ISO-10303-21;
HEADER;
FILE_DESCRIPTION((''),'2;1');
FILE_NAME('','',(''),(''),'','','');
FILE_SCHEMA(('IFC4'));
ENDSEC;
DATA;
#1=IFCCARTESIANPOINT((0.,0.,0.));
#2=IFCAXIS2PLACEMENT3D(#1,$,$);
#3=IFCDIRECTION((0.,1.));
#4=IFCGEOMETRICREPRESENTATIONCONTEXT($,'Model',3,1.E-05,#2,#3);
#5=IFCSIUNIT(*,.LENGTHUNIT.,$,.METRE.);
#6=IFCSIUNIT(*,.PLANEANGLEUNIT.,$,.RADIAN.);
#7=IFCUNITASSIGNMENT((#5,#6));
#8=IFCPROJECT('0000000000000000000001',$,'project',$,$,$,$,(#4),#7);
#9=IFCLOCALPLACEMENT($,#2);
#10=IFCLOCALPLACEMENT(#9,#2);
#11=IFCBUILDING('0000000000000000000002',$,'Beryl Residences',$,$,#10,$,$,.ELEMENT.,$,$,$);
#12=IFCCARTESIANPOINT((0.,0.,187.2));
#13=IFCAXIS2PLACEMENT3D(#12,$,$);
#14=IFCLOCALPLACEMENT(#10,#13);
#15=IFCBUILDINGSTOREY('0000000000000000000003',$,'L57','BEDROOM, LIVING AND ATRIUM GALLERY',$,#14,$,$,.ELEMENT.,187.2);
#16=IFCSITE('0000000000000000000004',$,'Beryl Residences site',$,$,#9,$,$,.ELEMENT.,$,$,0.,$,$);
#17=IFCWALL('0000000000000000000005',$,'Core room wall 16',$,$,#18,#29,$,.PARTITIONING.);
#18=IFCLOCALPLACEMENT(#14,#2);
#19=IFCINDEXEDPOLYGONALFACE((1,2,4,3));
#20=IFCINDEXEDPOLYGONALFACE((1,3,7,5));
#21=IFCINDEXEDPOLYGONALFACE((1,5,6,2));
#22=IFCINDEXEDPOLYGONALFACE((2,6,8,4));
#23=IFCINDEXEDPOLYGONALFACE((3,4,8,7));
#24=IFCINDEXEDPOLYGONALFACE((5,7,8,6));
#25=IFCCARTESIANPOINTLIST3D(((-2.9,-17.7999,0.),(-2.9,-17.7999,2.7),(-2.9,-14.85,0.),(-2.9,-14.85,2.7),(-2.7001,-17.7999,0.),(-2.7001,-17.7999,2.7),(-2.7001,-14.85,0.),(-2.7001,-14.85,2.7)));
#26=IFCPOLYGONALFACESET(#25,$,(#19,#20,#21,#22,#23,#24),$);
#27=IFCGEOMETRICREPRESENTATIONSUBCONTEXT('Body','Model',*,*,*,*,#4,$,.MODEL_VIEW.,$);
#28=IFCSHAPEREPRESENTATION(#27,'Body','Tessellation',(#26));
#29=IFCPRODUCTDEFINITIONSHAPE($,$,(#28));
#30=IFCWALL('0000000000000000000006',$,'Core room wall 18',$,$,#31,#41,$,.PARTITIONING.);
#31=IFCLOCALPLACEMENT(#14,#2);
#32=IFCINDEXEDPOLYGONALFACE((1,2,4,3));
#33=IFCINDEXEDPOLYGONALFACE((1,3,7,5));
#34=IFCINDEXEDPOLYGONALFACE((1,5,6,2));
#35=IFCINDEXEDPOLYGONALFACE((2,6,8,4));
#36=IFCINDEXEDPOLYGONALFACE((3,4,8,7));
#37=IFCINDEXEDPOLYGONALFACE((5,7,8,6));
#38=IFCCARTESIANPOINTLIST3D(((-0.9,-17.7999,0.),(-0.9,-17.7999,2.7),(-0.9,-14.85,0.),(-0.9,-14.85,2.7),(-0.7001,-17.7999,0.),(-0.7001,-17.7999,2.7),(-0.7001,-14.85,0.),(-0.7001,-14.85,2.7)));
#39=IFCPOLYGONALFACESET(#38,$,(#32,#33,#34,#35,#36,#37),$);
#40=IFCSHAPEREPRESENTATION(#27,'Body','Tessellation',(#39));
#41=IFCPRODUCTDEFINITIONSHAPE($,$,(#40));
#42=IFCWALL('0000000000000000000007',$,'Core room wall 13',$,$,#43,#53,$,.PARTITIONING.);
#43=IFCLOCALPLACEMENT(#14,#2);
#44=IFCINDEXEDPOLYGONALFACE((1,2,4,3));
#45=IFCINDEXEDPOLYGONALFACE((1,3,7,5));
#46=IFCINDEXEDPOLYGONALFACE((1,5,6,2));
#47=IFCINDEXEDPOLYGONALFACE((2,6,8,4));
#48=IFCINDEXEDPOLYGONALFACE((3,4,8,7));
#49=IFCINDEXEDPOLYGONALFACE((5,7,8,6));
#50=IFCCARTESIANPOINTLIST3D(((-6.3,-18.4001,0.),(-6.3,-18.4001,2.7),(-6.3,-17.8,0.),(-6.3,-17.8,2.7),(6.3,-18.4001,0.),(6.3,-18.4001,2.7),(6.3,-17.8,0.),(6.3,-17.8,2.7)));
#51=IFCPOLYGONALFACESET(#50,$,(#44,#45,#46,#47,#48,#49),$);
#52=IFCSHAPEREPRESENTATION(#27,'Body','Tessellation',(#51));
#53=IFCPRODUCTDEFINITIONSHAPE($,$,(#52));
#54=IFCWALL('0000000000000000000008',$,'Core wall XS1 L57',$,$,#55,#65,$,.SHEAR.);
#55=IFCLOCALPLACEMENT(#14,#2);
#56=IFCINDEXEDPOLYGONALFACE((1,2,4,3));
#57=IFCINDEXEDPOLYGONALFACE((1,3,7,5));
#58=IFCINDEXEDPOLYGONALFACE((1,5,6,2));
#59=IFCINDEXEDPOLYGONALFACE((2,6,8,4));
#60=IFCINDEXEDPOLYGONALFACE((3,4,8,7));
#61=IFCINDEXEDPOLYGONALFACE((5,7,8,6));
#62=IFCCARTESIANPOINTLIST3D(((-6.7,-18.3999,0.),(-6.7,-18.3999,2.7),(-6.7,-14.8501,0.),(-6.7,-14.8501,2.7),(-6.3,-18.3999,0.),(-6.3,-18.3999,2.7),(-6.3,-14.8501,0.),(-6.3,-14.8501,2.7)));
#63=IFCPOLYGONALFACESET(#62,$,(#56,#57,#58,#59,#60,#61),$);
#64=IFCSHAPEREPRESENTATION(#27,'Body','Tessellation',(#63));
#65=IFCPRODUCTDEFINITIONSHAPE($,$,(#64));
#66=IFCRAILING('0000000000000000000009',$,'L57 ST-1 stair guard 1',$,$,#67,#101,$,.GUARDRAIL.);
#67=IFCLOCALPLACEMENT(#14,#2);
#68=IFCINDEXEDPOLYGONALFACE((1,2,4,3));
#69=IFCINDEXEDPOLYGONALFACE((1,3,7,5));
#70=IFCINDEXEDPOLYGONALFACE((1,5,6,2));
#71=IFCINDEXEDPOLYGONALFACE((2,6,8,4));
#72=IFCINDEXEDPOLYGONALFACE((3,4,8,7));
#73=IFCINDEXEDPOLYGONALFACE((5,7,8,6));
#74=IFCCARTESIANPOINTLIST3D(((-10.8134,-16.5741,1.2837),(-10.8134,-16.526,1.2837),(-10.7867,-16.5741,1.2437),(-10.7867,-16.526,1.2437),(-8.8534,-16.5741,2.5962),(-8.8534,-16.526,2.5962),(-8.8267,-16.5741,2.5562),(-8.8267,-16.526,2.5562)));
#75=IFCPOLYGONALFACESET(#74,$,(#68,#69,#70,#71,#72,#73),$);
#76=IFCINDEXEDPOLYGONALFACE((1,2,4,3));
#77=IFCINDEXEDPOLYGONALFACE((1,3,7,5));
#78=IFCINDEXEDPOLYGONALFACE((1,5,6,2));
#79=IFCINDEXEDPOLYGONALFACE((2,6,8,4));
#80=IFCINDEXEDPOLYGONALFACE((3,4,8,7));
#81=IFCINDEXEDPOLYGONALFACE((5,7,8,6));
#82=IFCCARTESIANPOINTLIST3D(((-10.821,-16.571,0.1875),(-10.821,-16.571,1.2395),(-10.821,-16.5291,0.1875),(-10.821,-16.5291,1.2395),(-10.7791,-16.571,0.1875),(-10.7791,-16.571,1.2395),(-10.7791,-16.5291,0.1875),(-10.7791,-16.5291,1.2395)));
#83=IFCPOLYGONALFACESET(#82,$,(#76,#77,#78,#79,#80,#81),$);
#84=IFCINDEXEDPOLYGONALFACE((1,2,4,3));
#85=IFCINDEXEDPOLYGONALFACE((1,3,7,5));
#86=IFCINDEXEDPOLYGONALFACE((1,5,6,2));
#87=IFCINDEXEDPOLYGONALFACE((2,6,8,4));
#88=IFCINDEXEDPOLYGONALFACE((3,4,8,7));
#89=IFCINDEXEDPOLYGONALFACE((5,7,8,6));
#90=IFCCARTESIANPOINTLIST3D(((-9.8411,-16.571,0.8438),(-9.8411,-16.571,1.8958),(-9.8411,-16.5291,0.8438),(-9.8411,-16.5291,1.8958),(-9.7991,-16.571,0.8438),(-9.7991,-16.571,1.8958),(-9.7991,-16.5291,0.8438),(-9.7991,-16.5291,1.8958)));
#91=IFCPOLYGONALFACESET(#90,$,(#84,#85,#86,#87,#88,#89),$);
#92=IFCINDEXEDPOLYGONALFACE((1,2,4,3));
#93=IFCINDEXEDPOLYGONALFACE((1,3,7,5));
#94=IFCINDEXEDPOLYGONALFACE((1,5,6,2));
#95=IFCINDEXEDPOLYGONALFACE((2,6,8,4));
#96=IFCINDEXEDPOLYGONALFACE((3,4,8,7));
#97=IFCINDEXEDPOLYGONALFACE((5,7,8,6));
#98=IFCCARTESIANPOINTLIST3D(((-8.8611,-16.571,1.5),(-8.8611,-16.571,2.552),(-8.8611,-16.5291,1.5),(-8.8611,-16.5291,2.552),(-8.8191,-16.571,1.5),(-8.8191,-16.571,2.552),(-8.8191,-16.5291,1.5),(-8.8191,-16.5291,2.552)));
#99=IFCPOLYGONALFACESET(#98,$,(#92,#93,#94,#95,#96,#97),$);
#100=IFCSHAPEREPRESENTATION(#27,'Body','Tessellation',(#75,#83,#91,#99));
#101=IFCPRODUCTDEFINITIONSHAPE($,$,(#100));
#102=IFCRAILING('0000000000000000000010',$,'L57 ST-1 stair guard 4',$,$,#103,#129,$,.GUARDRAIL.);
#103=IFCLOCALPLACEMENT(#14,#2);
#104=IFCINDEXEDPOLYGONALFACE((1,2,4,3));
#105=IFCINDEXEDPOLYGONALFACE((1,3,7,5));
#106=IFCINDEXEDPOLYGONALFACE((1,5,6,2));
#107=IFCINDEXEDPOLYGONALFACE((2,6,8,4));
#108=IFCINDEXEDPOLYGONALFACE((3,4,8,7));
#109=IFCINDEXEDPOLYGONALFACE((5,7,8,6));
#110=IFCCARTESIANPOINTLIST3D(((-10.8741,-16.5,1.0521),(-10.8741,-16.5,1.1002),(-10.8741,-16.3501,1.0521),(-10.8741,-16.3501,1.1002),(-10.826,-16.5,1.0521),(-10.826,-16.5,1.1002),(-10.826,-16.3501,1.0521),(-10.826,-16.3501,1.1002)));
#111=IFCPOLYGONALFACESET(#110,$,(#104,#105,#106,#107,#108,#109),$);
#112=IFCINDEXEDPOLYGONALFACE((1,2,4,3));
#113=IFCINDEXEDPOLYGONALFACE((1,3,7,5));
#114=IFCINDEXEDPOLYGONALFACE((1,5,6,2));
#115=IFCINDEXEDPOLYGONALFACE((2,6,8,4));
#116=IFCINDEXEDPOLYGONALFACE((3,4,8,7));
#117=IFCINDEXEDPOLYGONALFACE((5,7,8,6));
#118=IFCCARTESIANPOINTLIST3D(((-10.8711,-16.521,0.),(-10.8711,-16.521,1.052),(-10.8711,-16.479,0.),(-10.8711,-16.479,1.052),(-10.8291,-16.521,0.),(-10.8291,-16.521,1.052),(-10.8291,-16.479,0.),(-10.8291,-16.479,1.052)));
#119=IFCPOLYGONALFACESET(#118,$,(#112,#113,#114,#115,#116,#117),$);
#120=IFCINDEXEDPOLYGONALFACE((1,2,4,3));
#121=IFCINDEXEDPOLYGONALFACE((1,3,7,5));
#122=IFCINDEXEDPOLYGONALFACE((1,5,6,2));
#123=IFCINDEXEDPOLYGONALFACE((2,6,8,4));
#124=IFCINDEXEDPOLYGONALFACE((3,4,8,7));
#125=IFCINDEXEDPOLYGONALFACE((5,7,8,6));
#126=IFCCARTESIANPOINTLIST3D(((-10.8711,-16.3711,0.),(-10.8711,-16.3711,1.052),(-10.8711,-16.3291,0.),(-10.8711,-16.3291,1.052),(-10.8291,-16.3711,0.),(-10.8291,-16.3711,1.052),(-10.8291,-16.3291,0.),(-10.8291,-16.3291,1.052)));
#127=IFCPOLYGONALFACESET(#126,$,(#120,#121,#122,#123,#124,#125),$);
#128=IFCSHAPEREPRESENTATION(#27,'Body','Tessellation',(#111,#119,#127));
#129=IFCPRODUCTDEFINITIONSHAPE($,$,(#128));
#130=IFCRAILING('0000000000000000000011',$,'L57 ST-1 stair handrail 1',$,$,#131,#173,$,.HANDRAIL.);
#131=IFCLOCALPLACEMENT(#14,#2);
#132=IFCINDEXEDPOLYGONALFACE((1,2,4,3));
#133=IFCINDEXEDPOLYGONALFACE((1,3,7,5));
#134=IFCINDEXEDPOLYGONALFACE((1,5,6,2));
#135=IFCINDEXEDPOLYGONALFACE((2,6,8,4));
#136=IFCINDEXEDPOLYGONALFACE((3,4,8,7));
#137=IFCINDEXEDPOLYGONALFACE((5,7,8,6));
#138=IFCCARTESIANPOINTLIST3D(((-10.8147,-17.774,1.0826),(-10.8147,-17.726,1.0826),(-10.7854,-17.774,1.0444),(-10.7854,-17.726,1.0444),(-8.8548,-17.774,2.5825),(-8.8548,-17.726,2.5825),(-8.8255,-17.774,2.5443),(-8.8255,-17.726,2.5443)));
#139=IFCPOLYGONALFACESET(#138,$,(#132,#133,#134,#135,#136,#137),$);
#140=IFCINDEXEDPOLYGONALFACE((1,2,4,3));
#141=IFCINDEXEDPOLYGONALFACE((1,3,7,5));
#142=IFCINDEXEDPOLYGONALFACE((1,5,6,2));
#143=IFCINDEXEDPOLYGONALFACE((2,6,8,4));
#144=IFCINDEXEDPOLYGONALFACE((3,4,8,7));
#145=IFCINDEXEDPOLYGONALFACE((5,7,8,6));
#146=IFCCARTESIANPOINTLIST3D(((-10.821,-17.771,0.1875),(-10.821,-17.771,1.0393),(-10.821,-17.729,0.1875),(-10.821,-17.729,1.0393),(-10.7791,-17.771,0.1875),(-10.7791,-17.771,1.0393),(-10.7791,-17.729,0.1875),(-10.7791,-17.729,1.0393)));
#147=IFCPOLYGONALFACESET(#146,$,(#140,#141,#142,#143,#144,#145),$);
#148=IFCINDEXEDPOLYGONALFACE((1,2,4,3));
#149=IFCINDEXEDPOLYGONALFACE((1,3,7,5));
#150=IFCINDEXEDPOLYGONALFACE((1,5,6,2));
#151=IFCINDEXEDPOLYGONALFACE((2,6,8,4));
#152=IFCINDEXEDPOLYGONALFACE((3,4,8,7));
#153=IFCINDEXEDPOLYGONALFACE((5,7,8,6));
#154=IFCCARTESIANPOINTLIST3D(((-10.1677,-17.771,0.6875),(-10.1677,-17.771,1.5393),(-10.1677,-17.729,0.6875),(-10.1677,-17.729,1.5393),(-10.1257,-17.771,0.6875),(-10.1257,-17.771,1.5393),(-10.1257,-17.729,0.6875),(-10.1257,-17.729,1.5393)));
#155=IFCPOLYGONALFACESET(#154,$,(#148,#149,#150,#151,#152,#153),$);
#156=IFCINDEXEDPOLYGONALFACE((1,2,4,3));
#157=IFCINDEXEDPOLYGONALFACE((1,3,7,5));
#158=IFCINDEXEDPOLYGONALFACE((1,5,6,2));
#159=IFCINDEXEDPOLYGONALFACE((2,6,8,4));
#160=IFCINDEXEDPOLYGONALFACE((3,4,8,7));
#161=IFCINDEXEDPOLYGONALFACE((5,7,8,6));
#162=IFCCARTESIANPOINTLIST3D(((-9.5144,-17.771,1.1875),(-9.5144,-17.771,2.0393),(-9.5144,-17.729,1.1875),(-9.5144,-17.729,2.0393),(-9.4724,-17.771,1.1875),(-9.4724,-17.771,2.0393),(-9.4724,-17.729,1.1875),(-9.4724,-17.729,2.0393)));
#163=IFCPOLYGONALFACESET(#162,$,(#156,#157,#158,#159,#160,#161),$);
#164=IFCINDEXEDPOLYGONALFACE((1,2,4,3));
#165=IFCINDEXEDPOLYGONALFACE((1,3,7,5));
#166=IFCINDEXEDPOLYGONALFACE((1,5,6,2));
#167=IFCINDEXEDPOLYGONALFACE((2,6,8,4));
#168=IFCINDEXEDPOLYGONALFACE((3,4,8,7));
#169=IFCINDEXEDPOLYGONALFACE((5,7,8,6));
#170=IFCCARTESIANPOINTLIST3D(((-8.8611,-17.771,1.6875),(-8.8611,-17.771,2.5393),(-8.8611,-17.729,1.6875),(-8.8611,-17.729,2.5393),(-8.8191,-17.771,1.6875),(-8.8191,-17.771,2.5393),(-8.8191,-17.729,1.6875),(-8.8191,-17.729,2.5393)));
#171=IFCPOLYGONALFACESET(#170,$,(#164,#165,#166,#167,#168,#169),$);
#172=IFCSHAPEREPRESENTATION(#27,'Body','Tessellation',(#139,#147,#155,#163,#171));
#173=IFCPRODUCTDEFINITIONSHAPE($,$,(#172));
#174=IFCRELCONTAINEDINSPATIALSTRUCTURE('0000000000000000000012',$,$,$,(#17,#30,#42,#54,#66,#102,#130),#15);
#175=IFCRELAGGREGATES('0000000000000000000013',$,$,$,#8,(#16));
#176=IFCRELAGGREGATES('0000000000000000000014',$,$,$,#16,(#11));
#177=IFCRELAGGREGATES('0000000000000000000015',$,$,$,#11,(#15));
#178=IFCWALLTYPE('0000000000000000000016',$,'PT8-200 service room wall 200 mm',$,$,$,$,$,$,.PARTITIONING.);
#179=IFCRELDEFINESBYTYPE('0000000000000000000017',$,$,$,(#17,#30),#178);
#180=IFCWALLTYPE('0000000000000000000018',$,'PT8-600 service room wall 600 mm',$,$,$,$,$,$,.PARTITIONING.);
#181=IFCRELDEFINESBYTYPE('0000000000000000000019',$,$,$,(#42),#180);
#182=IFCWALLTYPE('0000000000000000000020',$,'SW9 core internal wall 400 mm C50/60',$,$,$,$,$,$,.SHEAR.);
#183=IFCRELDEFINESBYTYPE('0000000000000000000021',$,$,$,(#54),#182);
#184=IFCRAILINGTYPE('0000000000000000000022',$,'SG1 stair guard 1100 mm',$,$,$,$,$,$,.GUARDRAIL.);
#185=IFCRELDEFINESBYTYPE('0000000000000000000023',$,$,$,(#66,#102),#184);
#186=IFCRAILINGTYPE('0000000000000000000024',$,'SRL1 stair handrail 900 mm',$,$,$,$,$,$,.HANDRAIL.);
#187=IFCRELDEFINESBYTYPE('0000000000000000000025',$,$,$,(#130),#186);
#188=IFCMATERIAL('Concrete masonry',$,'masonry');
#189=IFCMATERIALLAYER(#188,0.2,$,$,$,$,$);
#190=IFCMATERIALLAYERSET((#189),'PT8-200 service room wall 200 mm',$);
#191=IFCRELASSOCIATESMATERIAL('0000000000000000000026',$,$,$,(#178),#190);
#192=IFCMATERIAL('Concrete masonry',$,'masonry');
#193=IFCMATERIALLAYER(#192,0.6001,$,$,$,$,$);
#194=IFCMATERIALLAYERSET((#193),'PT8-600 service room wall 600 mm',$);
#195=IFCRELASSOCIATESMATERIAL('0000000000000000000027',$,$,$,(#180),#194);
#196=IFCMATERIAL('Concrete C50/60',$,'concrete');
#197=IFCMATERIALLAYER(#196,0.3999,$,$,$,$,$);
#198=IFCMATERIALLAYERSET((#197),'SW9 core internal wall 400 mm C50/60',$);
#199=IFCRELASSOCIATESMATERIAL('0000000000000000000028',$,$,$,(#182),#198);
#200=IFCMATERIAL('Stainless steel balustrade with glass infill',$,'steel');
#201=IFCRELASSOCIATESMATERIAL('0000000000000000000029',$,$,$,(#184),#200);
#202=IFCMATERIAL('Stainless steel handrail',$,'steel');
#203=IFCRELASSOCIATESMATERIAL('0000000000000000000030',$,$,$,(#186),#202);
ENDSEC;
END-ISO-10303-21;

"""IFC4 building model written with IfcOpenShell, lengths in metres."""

from ifc_helpers import new_model, si_unit, direction, frame, frame_2d, origin, origin_2d, place, context, subcontext, project, spatial, rectangle, extrude, material, layer, layer_set, type_object, element, save


model = new_model("IFC4")

# Units and contexts
model_context = context("Model", 3, precision=1e-05, world=origin(), true_north=direction((0.0, 1.0)))
body_context = subcontext(model_context, "Body", "Model", "MODEL_VIEW")
ifc_project = project(units=[si_unit("LENGTHUNIT", "METRE"), si_unit("PLANEANGLEUNIT", "RADIAN")], contexts=[model_context])

# Site, building, storey
site_placement = place(None, origin())
site = spatial("IfcSite", under=ifc_project, at=site_placement, Name="Beryl Residences site", CompositionType="ELEMENT", RefElevation=0.0)
building_placement = place(site_placement, origin())
building = spatial("IfcBuilding", under=site, at=building_placement, Name="Beryl Residences", CompositionType="ELEMENT")
storey_placement = place(building_placement, frame((0.0, 0.0, 187.2)))
storey = spatial("IfcBuildingStorey", under=building, at=storey_placement, Name="L57", Description="BEDROOM, LIVING AND ATRIUM GALLERY", CompositionType="ELEMENT", Elevation=187.2)

# Walls
ifc_material_1 = material(Name="Concrete masonry", Category="masonry")
ifc_layer_1 = layer(ifc_material_1, 0.2)
ifc_layer_set_1 = layer_set([ifc_layer_1], Name="PT8-200 service room wall 200 mm")
wall_type_1 = type_object("IfcWallType", Name="PT8-200 service room wall 200 mm", PredefinedType="PARTITIONING", material=ifc_layer_set_1)
for number, where, z_axis, x_axis, name in (
    (1, (-2.8, -17.8, 0.0), (0.0, 0.0, 1.0), (0.0, 1.0, 0.0), "Core room wall 16"),
    (2, (-0.8, -17.8, 0.0), (0.0, 0.0, 1.0), (0.0, 1.0, 0.0), "Core room wall 18"),
):
    element("IfcWall", number, at=place(storey_placement, frame(where, z_axis=z_axis, x_axis=x_axis)), inside=storey, type_object=wall_type_1, Name=name, PredefinedType="PARTITIONING", context=body_context, shape_type="SweptSolid", body=[
        extrude(rectangle(XDim=2.95, YDim=0.2, at=frame_2d((1.4751, 0.0))), origin(), (0.0, 0.0, 1.0), 2.7),
    ])
ifc_material_2 = material(Name="Concrete masonry", Category="masonry")
ifc_layer_2 = layer(ifc_material_2, 0.6001)
ifc_layer_set_2 = layer_set([ifc_layer_2], Name="PT8-600 service room wall 600 mm")
wall_type_2 = type_object("IfcWallType", Name="PT8-600 service room wall 600 mm", PredefinedType="PARTITIONING", material=ifc_layer_set_2)
wall_1_placement = place(storey_placement, frame((-6.3, -18.1001, 0.0), z_axis=(0.0, 0.0, 1.0), x_axis=(1.0, 0.0, 0.0)))
element("IfcWall", 3, at=wall_1_placement, inside=storey, type_object=wall_type_2, Name="Core room wall 13", PredefinedType="PARTITIONING", context=body_context, shape_type="SweptSolid", body=[
    extrude(rectangle(XDim=12.6001, YDim=0.6001, at=frame_2d((6.3, 0.0))), origin(), (0.0, 0.0, 1.0), 2.7),
])
ifc_material_3 = material(Name="Concrete C50/60", Category="concrete")
ifc_layer_3 = layer(ifc_material_3, 0.3999)
ifc_layer_set_3 = layer_set([ifc_layer_3], Name="SW9 core internal wall 400 mm C50/60")
wall_type_3 = type_object("IfcWallType", Name="SW9 core internal wall 400 mm C50/60", PredefinedType="SHEAR", material=ifc_layer_set_3)
wall_2_placement = place(storey_placement, frame((-6.5, -18.3999, 0.0), z_axis=(0.0, 0.0, 1.0), x_axis=(0.0, 1.0, 0.0)))
element("IfcWall", 4, at=wall_2_placement, inside=storey, type_object=wall_type_3, Name="Core wall XS1 L57", PredefinedType="SHEAR", context=body_context, shape_type="SweptSolid", body=[
    extrude(rectangle(XDim=3.5498, YDim=0.3999, at=frame_2d((1.7749, 0.0))), origin(), (0.0, 0.0, 1.0), 2.7),
])

# Railings
ifc_material_4 = material(Name="Stainless steel balustrade with glass infill", Category="steel")
railing_type_1 = type_object("IfcRailingType", Name="SG1 stair guard 1100 mm", PredefinedType="GUARDRAIL", material=ifc_material_4)
railing_1_placement = place(storey_placement, frame((-10.8, -16.55, 0.1875)))
element("IfcRailing", 5, at=railing_1_placement, inside=storey, type_object=railing_type_1, Name="L57 ST-1 stair guard 1", PredefinedType="GUARDRAIL", context=body_context, shape_type="SweptSolid", body=[
    extrude(rectangle(XDim=0.0481, YDim=0.0481, at=origin_2d()), frame((0.0, 0.0, 1.0762), z_axis=(0.830902, 0.0, 0.556419), x_axis=(0.0, 1.0, 0.0)), (0.0, 0.0, 1.0), 2.3589),
    extrude(rectangle(XDim=0.042, YDim=0.042, at=origin_2d()), origin(), (0.0, 0.0, 1.0), 1.052),
    extrude(rectangle(XDim=0.042, YDim=0.042, at=origin_2d()), frame((0.98, 0.0, 0.6562)), (0.0, 0.0, 1.0), 1.052),
    extrude(rectangle(XDim=0.042, YDim=0.042, at=origin_2d()), frame((1.96, 0.0, 1.3125)), (0.0, 0.0, 1.0), 1.052),
])
railing_2_placement = place(storey_placement, frame((-10.8501, -16.5, 0.0)))
element("IfcRailing", 6, at=railing_2_placement, inside=storey, type_object=railing_type_1, Name="L57 ST-1 stair guard 4", PredefinedType="GUARDRAIL", context=body_context, shape_type="SweptSolid", body=[
    extrude(rectangle(XDim=0.0481, YDim=0.0481, at=origin_2d()), frame((0.0, 0.0, 1.0762), z_axis=(0.0, 1.0, 0.0), x_axis=(-1.0, 0.0, 0.0)), (0.0, 0.0, 1.0), 0.1499),
    extrude(rectangle(XDim=0.042, YDim=0.042, at=origin_2d()), origin(), (0.0, 0.0, 1.0), 1.052),
    extrude(rectangle(XDim=0.042, YDim=0.042, at=origin_2d()), frame((0.0, 0.1499, 0.0)), (0.0, 0.0, 1.0), 1.052),
])
ifc_material_5 = material(Name="Stainless steel handrail", Category="steel")
railing_type_2 = type_object("IfcRailingType", Name="SRL1 stair handrail 900 mm", PredefinedType="HANDRAIL", material=ifc_material_5)
railing_3_placement = place(storey_placement, frame((-10.8, -17.75, 0.1875)))
element("IfcRailing", 7, at=railing_3_placement, inside=storey, type_object=railing_type_2, Name="L57 ST-1 stair handrail 1", PredefinedType="HANDRAIL", context=body_context, shape_type="SweptSolid", body=[
    extrude(rectangle(XDim=0.0481, YDim=0.0481, at=origin_2d()), frame((0.0, 0.0, 0.876), z_axis=(0.794122, 0.0, 0.607758), x_axis=(0.0, 1.0, 0.0)), (0.0, 0.0, 1.0), 2.468),
    extrude(rectangle(XDim=0.042, YDim=0.042, at=origin_2d()), origin(), (0.0, 0.0, 1.0), 0.8518),
    extrude(rectangle(XDim=0.042, YDim=0.042, at=origin_2d()), frame((0.6533, 0.0, 0.5)), (0.0, 0.0, 1.0), 0.8518),
    extrude(rectangle(XDim=0.042, YDim=0.042, at=origin_2d()), frame((1.3066, 0.0, 1.0)), (0.0, 0.0, 1.0), 0.8518),
    extrude(rectangle(XDim=0.042, YDim=0.042, at=origin_2d()), frame((1.96, 0.0, 1.5)), (0.0, 0.0, 1.0), 0.8518),
])

save(model, "model.ifc")
